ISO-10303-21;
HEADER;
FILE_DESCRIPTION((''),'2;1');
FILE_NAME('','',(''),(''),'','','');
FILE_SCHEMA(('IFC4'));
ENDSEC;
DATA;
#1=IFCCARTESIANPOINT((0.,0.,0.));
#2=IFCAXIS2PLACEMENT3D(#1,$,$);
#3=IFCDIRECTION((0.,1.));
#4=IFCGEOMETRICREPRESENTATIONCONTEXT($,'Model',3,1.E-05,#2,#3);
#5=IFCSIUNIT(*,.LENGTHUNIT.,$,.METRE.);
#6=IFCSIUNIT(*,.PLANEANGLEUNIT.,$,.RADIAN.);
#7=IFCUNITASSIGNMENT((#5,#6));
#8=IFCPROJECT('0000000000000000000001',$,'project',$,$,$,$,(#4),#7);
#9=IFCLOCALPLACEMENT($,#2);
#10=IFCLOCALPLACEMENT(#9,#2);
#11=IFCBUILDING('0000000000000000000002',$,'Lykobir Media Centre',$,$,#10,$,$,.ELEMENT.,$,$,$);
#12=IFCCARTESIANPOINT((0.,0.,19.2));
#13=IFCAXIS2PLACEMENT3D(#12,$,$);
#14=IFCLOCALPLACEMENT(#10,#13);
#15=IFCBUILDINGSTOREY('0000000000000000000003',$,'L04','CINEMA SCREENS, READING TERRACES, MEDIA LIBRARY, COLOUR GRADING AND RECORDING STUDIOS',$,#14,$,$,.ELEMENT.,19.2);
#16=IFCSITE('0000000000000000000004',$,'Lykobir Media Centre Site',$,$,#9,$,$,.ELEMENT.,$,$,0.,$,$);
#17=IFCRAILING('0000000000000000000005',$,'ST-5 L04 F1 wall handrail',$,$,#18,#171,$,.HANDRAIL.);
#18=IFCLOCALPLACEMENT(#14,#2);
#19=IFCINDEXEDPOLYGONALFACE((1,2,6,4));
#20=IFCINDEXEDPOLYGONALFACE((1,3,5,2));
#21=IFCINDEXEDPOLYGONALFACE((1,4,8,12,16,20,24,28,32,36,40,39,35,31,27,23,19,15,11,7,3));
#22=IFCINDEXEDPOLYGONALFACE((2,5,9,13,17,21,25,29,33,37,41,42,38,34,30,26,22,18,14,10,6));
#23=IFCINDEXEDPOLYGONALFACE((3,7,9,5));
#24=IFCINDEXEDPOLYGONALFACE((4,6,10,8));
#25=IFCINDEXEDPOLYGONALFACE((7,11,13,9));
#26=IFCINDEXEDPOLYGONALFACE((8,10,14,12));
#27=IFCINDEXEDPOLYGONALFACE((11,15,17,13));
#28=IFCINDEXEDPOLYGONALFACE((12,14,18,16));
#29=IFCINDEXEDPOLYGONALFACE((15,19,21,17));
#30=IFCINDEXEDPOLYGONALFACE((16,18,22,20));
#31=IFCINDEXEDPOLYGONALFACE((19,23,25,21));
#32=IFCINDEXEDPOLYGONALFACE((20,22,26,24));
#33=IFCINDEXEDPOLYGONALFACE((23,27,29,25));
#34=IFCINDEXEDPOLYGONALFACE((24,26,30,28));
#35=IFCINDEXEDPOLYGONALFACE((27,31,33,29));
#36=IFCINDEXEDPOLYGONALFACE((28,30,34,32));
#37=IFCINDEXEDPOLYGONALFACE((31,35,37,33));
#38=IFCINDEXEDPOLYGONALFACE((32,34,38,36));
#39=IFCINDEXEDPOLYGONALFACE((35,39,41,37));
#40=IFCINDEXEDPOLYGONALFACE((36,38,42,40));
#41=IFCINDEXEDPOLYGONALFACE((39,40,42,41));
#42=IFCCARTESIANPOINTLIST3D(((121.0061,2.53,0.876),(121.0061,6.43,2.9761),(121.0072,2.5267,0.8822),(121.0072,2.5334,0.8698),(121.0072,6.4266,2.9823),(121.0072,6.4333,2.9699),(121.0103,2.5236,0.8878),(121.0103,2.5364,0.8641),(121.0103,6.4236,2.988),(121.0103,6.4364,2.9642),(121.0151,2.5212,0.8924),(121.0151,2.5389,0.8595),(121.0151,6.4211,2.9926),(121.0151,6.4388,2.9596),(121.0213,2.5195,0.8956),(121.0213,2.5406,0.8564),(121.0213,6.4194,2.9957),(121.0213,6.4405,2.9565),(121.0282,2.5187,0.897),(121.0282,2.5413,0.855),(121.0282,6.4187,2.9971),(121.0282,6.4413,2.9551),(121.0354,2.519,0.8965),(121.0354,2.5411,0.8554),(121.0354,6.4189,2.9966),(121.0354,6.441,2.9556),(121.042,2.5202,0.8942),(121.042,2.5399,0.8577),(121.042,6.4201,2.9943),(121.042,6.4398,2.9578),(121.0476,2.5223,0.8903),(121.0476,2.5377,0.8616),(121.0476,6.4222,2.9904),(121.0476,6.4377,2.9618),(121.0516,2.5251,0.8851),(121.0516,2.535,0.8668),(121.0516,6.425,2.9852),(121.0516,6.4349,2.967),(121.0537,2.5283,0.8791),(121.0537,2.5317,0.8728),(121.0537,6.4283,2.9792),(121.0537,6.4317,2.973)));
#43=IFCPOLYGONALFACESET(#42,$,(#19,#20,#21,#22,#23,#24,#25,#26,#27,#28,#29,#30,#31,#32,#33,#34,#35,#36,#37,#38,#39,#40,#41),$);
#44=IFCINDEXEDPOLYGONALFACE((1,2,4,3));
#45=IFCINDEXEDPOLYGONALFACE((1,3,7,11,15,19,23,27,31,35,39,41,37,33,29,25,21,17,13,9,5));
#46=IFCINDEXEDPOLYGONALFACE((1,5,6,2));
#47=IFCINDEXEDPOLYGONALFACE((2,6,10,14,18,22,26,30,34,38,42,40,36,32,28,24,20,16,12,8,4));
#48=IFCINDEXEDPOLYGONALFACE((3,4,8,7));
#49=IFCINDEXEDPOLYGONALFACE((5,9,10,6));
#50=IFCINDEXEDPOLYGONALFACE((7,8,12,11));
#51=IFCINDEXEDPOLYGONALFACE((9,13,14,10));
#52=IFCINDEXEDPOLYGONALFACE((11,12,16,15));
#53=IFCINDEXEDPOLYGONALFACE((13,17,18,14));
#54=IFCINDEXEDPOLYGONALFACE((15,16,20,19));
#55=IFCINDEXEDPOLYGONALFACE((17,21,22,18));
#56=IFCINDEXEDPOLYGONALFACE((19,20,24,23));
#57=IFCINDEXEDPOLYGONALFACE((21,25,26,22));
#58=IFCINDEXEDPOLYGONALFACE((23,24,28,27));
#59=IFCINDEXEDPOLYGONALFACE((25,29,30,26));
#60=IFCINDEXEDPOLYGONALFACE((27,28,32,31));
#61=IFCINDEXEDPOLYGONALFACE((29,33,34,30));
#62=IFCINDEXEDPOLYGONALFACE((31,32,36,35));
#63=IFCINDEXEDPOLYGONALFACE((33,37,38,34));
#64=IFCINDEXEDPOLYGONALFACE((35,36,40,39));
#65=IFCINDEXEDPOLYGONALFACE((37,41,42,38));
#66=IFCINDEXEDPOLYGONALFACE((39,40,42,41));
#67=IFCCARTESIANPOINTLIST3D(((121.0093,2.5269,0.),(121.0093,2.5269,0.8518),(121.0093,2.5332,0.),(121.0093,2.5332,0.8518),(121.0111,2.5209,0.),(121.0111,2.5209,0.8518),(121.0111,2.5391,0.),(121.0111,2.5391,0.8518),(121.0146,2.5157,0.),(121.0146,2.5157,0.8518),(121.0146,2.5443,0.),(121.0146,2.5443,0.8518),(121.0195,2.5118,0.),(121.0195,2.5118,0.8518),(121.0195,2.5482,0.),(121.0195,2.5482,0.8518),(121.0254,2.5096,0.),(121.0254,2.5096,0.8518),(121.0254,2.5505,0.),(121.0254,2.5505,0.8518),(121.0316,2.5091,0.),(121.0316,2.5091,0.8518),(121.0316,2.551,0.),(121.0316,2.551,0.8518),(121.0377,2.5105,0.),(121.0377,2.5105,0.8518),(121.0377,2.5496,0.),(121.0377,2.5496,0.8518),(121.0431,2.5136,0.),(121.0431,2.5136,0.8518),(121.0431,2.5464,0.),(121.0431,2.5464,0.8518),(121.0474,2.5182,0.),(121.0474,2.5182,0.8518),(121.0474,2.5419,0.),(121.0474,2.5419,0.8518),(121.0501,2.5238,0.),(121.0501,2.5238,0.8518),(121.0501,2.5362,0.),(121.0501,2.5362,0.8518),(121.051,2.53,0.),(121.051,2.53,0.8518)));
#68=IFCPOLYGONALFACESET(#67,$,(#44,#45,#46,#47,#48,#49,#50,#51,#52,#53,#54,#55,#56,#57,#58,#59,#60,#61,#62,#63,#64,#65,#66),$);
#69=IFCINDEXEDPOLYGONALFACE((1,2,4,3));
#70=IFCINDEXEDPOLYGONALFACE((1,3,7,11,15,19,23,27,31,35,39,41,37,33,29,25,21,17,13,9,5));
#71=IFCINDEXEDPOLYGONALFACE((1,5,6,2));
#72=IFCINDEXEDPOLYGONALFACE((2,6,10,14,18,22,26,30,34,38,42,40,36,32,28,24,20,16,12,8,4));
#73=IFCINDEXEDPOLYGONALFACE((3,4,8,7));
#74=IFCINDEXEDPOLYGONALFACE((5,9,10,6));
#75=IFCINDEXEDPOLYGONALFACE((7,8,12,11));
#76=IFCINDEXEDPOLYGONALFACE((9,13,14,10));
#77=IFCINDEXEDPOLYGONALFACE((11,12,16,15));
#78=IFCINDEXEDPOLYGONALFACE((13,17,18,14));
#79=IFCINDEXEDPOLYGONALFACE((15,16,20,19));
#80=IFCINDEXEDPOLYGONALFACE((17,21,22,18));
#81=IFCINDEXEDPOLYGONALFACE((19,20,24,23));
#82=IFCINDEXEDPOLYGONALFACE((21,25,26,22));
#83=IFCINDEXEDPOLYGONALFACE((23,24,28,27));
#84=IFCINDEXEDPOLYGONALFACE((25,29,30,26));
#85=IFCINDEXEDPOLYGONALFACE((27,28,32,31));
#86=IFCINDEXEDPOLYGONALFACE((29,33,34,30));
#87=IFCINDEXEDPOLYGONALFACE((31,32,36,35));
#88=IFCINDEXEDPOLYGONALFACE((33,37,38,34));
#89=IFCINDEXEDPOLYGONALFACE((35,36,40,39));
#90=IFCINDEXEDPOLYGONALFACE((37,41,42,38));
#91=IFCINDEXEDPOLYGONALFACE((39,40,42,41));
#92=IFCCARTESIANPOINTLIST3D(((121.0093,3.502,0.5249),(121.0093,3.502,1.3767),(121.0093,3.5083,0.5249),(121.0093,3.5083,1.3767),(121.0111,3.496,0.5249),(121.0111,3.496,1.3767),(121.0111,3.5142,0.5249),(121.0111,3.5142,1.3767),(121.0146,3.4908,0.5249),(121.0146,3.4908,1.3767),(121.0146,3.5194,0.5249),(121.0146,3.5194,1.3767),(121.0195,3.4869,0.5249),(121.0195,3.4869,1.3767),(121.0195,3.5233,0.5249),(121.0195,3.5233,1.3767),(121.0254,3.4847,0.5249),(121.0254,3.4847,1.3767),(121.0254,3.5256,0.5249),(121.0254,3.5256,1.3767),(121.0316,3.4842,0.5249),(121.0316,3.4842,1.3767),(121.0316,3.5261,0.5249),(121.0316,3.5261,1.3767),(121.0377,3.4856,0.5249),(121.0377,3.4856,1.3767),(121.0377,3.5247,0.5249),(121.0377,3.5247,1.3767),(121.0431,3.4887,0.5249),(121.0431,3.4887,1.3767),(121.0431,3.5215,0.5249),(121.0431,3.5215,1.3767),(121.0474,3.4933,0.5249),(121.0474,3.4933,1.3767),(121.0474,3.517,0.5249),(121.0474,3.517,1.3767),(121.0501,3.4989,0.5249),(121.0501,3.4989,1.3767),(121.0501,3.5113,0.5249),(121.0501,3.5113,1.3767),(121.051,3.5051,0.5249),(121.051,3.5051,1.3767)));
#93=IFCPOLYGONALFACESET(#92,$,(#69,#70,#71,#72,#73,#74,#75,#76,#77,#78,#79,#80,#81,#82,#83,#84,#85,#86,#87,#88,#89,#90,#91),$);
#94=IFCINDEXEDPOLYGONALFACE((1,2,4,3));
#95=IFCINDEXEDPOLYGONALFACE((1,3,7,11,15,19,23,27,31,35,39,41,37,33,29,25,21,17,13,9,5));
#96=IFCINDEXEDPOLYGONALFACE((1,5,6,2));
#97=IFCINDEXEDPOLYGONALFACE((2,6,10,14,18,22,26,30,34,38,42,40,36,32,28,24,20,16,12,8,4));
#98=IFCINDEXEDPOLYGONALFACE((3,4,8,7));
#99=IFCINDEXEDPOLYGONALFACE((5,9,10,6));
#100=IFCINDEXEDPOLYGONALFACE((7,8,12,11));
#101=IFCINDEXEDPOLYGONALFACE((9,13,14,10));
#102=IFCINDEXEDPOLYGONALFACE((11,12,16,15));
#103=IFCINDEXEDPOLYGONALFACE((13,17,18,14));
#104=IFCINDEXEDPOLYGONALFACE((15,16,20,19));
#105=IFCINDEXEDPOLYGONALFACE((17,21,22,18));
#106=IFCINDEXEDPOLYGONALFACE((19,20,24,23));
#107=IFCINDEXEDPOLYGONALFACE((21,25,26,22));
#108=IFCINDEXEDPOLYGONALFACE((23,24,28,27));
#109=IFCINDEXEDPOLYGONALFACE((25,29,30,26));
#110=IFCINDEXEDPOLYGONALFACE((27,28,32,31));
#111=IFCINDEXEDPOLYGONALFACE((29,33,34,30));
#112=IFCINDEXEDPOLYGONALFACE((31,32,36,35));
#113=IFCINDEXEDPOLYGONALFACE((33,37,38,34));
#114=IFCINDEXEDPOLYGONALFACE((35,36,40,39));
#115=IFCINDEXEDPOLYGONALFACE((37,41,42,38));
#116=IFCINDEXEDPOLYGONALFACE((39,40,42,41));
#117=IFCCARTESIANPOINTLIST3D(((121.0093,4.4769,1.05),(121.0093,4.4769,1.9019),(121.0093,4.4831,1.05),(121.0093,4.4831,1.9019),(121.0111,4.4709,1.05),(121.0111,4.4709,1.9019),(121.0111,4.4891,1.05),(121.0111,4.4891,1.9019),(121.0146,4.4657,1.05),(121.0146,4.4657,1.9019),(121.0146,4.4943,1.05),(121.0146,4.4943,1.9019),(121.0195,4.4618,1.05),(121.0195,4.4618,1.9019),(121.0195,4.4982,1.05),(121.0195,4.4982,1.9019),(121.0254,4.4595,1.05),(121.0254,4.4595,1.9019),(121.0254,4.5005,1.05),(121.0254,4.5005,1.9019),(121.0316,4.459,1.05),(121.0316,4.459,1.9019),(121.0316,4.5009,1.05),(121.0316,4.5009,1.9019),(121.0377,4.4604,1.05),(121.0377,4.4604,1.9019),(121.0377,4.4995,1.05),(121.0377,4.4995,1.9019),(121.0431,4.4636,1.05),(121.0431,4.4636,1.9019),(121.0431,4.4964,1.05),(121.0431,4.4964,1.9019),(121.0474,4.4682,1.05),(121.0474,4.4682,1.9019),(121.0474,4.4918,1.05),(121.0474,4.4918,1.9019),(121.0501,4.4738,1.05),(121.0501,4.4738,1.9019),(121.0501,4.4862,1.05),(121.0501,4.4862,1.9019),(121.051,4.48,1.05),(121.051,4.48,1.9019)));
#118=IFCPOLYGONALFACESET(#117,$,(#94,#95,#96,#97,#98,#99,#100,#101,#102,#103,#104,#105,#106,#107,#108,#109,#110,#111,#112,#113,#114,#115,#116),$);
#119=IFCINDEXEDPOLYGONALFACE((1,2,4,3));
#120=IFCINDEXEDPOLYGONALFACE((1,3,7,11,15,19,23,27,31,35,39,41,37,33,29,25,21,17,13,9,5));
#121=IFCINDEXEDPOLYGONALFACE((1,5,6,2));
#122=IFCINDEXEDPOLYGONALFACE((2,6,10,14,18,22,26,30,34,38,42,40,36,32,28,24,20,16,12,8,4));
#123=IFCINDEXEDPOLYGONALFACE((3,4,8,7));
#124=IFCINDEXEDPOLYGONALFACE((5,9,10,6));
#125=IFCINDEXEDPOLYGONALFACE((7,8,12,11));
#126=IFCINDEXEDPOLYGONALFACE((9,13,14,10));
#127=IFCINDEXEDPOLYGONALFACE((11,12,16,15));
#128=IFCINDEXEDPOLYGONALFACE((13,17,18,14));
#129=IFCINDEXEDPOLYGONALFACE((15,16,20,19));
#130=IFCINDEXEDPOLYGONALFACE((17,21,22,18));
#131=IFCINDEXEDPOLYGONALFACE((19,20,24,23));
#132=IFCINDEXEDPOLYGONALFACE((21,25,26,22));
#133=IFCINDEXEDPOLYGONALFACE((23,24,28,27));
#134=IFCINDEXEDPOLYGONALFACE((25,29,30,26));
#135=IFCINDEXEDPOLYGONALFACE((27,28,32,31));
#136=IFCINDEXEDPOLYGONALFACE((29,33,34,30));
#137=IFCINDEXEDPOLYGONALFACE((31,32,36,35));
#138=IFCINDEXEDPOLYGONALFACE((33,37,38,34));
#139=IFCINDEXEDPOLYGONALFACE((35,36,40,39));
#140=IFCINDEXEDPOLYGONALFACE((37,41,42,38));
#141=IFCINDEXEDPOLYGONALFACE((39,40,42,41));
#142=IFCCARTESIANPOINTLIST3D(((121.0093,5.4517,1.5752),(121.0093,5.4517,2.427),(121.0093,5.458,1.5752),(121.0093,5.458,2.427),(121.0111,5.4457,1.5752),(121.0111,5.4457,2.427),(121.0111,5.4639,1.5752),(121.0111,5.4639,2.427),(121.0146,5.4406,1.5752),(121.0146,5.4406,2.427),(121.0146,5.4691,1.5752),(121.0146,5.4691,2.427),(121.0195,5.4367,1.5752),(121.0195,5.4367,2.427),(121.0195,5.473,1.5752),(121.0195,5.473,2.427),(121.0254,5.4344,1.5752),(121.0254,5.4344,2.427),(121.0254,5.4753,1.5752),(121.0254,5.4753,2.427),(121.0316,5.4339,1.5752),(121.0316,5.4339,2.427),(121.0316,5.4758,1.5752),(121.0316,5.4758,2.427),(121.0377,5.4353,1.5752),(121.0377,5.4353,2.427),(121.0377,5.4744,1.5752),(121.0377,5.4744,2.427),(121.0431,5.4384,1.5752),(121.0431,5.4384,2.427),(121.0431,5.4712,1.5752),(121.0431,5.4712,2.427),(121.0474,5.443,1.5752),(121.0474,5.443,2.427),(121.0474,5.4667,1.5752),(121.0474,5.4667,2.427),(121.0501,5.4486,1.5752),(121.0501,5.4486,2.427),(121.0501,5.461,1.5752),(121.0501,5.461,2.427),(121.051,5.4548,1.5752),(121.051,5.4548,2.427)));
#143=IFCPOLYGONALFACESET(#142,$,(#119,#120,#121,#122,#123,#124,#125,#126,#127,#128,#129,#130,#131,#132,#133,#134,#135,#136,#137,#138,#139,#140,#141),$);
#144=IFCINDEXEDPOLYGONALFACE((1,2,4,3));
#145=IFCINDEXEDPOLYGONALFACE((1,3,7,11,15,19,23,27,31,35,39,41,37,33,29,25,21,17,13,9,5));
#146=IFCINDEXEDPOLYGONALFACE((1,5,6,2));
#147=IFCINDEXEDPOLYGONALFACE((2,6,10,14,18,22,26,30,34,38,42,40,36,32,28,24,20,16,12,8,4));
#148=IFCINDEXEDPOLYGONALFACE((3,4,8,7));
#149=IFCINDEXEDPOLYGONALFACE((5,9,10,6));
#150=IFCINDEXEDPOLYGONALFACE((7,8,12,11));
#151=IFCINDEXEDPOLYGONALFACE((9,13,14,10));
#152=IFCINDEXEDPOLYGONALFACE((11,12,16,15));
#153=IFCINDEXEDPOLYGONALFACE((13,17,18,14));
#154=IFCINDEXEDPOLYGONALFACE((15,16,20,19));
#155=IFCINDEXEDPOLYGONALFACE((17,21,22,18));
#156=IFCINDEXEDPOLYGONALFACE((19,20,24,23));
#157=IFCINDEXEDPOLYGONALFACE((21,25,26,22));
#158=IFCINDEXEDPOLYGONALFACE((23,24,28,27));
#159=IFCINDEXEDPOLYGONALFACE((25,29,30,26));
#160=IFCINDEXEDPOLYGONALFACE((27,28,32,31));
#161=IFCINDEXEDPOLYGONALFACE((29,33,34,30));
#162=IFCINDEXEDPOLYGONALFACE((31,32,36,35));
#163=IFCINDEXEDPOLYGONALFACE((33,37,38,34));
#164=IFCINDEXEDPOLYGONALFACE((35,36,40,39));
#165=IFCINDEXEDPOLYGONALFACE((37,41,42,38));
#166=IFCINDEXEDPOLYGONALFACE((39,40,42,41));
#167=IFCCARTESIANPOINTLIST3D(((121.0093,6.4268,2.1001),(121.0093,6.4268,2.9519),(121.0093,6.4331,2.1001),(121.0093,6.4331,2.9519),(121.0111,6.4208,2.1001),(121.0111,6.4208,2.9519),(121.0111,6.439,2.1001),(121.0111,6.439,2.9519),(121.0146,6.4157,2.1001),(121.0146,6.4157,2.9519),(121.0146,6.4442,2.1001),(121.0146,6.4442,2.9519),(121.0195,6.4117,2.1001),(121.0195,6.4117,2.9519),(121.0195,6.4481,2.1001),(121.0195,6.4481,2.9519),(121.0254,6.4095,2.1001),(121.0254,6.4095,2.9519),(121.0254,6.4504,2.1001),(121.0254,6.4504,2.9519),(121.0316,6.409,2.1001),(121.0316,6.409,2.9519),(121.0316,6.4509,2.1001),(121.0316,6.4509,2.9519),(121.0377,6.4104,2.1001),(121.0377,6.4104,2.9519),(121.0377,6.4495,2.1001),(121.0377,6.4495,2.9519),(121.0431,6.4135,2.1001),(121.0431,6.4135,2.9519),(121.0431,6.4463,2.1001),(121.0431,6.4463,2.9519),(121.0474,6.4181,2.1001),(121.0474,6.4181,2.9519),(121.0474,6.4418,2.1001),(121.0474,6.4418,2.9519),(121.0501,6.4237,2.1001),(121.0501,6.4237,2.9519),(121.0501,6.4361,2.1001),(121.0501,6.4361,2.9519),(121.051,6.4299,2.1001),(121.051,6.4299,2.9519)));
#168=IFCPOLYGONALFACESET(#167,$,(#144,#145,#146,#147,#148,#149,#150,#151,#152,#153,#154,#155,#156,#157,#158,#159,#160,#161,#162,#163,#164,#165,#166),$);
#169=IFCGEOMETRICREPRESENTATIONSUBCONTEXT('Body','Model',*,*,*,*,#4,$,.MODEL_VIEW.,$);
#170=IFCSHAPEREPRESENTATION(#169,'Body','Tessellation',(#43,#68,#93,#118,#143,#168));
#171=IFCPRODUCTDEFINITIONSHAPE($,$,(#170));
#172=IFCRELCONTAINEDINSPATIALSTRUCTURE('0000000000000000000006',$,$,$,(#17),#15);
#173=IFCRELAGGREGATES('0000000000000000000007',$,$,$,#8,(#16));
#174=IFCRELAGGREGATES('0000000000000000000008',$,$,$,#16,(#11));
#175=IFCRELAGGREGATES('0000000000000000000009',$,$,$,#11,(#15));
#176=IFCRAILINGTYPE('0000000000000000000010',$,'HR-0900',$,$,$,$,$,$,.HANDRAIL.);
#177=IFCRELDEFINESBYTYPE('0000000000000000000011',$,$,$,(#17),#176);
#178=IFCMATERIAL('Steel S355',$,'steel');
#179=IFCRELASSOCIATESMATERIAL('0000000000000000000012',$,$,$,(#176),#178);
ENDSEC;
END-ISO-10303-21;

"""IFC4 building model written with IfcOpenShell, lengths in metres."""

from ifc_helpers import new_model, si_unit, direction, frame, origin, origin_2d, place, context, subcontext, project, spatial, circle, extrude, material, type_object, element, save


model = new_model("IFC4")

# Units and contexts
model_context = context("Model", 3, precision=1e-05, world=origin(), true_north=direction((0.0, 1.0)))
body_context = subcontext(model_context, "Body", "Model", "MODEL_VIEW")
ifc_project = project(units=[si_unit("LENGTHUNIT", "METRE"), si_unit("PLANEANGLEUNIT", "RADIAN")], contexts=[model_context])

# Site, building, storey
site_placement = place(None, origin())
site = spatial("IfcSite", under=ifc_project, at=site_placement, Name="Lykobir Media Centre Site", CompositionType="ELEMENT", RefElevation=0.0)
building_placement = place(site_placement, origin())
building = spatial("IfcBuilding", under=site, at=building_placement, Name="Lykobir Media Centre", CompositionType="ELEMENT")
storey_placement = place(building_placement, frame((0.0, 0.0, 19.2)))
storey = spatial("IfcBuildingStorey", under=building, at=storey_placement, Name="L04", Description="CINEMA SCREENS, READING TERRACES, MEDIA LIBRARY, COLOUR GRADING AND RECORDING STUDIOS", CompositionType="ELEMENT", Elevation=19.2)

# Shared definitions
ifc_material_1 = material(Name="Steel S355", Category="steel")

# Railing
railing_type_1 = type_object("IfcRailingType", Name="HR-0900", PredefinedType="HANDRAIL", material=ifc_material_1)
railing_1_placement = place(storey_placement, frame((121.03, 2.53, 0.0)))
element("IfcRailing", 1, at=railing_1_placement, inside=storey, type_object=railing_type_1, Name="ST-5 L04 F1 wall handrail", PredefinedType="HANDRAIL", context=body_context, shape_type="SweptSolid", body=[
    extrude(circle(Radius=0.0239, at=origin_2d()), frame((0.0, 0.0, 0.876), z_axis=(0.0, 0.880457, 0.474126), x_axis=(-1.0, 0.0, 0.0)), (0.0, 0.0, 1.0), 4.4294),
    extrude(circle(Radius=0.021, at=origin_2d()), origin(), (0.0, 0.0, 1.0), 0.8518),
    extrude(circle(Radius=0.021, at=origin_2d()), frame((0.0, 0.9751, 0.5249)), (0.0, 0.0, 1.0), 0.8518),
    extrude(circle(Radius=0.021, at=origin_2d()), frame((0.0, 1.95, 1.05)), (0.0, 0.0, 1.0), 0.8518),
    extrude(circle(Radius=0.021, at=origin_2d()), frame((0.0, 2.9248, 1.5752)), (0.0, 0.0, 1.0), 0.8518),
    extrude(circle(Radius=0.021, at=origin_2d()), frame((0.0, 3.8999, 2.1001)), (0.0, 0.0, 1.0), 0.8518),
])

save(model, "model.ifc")
